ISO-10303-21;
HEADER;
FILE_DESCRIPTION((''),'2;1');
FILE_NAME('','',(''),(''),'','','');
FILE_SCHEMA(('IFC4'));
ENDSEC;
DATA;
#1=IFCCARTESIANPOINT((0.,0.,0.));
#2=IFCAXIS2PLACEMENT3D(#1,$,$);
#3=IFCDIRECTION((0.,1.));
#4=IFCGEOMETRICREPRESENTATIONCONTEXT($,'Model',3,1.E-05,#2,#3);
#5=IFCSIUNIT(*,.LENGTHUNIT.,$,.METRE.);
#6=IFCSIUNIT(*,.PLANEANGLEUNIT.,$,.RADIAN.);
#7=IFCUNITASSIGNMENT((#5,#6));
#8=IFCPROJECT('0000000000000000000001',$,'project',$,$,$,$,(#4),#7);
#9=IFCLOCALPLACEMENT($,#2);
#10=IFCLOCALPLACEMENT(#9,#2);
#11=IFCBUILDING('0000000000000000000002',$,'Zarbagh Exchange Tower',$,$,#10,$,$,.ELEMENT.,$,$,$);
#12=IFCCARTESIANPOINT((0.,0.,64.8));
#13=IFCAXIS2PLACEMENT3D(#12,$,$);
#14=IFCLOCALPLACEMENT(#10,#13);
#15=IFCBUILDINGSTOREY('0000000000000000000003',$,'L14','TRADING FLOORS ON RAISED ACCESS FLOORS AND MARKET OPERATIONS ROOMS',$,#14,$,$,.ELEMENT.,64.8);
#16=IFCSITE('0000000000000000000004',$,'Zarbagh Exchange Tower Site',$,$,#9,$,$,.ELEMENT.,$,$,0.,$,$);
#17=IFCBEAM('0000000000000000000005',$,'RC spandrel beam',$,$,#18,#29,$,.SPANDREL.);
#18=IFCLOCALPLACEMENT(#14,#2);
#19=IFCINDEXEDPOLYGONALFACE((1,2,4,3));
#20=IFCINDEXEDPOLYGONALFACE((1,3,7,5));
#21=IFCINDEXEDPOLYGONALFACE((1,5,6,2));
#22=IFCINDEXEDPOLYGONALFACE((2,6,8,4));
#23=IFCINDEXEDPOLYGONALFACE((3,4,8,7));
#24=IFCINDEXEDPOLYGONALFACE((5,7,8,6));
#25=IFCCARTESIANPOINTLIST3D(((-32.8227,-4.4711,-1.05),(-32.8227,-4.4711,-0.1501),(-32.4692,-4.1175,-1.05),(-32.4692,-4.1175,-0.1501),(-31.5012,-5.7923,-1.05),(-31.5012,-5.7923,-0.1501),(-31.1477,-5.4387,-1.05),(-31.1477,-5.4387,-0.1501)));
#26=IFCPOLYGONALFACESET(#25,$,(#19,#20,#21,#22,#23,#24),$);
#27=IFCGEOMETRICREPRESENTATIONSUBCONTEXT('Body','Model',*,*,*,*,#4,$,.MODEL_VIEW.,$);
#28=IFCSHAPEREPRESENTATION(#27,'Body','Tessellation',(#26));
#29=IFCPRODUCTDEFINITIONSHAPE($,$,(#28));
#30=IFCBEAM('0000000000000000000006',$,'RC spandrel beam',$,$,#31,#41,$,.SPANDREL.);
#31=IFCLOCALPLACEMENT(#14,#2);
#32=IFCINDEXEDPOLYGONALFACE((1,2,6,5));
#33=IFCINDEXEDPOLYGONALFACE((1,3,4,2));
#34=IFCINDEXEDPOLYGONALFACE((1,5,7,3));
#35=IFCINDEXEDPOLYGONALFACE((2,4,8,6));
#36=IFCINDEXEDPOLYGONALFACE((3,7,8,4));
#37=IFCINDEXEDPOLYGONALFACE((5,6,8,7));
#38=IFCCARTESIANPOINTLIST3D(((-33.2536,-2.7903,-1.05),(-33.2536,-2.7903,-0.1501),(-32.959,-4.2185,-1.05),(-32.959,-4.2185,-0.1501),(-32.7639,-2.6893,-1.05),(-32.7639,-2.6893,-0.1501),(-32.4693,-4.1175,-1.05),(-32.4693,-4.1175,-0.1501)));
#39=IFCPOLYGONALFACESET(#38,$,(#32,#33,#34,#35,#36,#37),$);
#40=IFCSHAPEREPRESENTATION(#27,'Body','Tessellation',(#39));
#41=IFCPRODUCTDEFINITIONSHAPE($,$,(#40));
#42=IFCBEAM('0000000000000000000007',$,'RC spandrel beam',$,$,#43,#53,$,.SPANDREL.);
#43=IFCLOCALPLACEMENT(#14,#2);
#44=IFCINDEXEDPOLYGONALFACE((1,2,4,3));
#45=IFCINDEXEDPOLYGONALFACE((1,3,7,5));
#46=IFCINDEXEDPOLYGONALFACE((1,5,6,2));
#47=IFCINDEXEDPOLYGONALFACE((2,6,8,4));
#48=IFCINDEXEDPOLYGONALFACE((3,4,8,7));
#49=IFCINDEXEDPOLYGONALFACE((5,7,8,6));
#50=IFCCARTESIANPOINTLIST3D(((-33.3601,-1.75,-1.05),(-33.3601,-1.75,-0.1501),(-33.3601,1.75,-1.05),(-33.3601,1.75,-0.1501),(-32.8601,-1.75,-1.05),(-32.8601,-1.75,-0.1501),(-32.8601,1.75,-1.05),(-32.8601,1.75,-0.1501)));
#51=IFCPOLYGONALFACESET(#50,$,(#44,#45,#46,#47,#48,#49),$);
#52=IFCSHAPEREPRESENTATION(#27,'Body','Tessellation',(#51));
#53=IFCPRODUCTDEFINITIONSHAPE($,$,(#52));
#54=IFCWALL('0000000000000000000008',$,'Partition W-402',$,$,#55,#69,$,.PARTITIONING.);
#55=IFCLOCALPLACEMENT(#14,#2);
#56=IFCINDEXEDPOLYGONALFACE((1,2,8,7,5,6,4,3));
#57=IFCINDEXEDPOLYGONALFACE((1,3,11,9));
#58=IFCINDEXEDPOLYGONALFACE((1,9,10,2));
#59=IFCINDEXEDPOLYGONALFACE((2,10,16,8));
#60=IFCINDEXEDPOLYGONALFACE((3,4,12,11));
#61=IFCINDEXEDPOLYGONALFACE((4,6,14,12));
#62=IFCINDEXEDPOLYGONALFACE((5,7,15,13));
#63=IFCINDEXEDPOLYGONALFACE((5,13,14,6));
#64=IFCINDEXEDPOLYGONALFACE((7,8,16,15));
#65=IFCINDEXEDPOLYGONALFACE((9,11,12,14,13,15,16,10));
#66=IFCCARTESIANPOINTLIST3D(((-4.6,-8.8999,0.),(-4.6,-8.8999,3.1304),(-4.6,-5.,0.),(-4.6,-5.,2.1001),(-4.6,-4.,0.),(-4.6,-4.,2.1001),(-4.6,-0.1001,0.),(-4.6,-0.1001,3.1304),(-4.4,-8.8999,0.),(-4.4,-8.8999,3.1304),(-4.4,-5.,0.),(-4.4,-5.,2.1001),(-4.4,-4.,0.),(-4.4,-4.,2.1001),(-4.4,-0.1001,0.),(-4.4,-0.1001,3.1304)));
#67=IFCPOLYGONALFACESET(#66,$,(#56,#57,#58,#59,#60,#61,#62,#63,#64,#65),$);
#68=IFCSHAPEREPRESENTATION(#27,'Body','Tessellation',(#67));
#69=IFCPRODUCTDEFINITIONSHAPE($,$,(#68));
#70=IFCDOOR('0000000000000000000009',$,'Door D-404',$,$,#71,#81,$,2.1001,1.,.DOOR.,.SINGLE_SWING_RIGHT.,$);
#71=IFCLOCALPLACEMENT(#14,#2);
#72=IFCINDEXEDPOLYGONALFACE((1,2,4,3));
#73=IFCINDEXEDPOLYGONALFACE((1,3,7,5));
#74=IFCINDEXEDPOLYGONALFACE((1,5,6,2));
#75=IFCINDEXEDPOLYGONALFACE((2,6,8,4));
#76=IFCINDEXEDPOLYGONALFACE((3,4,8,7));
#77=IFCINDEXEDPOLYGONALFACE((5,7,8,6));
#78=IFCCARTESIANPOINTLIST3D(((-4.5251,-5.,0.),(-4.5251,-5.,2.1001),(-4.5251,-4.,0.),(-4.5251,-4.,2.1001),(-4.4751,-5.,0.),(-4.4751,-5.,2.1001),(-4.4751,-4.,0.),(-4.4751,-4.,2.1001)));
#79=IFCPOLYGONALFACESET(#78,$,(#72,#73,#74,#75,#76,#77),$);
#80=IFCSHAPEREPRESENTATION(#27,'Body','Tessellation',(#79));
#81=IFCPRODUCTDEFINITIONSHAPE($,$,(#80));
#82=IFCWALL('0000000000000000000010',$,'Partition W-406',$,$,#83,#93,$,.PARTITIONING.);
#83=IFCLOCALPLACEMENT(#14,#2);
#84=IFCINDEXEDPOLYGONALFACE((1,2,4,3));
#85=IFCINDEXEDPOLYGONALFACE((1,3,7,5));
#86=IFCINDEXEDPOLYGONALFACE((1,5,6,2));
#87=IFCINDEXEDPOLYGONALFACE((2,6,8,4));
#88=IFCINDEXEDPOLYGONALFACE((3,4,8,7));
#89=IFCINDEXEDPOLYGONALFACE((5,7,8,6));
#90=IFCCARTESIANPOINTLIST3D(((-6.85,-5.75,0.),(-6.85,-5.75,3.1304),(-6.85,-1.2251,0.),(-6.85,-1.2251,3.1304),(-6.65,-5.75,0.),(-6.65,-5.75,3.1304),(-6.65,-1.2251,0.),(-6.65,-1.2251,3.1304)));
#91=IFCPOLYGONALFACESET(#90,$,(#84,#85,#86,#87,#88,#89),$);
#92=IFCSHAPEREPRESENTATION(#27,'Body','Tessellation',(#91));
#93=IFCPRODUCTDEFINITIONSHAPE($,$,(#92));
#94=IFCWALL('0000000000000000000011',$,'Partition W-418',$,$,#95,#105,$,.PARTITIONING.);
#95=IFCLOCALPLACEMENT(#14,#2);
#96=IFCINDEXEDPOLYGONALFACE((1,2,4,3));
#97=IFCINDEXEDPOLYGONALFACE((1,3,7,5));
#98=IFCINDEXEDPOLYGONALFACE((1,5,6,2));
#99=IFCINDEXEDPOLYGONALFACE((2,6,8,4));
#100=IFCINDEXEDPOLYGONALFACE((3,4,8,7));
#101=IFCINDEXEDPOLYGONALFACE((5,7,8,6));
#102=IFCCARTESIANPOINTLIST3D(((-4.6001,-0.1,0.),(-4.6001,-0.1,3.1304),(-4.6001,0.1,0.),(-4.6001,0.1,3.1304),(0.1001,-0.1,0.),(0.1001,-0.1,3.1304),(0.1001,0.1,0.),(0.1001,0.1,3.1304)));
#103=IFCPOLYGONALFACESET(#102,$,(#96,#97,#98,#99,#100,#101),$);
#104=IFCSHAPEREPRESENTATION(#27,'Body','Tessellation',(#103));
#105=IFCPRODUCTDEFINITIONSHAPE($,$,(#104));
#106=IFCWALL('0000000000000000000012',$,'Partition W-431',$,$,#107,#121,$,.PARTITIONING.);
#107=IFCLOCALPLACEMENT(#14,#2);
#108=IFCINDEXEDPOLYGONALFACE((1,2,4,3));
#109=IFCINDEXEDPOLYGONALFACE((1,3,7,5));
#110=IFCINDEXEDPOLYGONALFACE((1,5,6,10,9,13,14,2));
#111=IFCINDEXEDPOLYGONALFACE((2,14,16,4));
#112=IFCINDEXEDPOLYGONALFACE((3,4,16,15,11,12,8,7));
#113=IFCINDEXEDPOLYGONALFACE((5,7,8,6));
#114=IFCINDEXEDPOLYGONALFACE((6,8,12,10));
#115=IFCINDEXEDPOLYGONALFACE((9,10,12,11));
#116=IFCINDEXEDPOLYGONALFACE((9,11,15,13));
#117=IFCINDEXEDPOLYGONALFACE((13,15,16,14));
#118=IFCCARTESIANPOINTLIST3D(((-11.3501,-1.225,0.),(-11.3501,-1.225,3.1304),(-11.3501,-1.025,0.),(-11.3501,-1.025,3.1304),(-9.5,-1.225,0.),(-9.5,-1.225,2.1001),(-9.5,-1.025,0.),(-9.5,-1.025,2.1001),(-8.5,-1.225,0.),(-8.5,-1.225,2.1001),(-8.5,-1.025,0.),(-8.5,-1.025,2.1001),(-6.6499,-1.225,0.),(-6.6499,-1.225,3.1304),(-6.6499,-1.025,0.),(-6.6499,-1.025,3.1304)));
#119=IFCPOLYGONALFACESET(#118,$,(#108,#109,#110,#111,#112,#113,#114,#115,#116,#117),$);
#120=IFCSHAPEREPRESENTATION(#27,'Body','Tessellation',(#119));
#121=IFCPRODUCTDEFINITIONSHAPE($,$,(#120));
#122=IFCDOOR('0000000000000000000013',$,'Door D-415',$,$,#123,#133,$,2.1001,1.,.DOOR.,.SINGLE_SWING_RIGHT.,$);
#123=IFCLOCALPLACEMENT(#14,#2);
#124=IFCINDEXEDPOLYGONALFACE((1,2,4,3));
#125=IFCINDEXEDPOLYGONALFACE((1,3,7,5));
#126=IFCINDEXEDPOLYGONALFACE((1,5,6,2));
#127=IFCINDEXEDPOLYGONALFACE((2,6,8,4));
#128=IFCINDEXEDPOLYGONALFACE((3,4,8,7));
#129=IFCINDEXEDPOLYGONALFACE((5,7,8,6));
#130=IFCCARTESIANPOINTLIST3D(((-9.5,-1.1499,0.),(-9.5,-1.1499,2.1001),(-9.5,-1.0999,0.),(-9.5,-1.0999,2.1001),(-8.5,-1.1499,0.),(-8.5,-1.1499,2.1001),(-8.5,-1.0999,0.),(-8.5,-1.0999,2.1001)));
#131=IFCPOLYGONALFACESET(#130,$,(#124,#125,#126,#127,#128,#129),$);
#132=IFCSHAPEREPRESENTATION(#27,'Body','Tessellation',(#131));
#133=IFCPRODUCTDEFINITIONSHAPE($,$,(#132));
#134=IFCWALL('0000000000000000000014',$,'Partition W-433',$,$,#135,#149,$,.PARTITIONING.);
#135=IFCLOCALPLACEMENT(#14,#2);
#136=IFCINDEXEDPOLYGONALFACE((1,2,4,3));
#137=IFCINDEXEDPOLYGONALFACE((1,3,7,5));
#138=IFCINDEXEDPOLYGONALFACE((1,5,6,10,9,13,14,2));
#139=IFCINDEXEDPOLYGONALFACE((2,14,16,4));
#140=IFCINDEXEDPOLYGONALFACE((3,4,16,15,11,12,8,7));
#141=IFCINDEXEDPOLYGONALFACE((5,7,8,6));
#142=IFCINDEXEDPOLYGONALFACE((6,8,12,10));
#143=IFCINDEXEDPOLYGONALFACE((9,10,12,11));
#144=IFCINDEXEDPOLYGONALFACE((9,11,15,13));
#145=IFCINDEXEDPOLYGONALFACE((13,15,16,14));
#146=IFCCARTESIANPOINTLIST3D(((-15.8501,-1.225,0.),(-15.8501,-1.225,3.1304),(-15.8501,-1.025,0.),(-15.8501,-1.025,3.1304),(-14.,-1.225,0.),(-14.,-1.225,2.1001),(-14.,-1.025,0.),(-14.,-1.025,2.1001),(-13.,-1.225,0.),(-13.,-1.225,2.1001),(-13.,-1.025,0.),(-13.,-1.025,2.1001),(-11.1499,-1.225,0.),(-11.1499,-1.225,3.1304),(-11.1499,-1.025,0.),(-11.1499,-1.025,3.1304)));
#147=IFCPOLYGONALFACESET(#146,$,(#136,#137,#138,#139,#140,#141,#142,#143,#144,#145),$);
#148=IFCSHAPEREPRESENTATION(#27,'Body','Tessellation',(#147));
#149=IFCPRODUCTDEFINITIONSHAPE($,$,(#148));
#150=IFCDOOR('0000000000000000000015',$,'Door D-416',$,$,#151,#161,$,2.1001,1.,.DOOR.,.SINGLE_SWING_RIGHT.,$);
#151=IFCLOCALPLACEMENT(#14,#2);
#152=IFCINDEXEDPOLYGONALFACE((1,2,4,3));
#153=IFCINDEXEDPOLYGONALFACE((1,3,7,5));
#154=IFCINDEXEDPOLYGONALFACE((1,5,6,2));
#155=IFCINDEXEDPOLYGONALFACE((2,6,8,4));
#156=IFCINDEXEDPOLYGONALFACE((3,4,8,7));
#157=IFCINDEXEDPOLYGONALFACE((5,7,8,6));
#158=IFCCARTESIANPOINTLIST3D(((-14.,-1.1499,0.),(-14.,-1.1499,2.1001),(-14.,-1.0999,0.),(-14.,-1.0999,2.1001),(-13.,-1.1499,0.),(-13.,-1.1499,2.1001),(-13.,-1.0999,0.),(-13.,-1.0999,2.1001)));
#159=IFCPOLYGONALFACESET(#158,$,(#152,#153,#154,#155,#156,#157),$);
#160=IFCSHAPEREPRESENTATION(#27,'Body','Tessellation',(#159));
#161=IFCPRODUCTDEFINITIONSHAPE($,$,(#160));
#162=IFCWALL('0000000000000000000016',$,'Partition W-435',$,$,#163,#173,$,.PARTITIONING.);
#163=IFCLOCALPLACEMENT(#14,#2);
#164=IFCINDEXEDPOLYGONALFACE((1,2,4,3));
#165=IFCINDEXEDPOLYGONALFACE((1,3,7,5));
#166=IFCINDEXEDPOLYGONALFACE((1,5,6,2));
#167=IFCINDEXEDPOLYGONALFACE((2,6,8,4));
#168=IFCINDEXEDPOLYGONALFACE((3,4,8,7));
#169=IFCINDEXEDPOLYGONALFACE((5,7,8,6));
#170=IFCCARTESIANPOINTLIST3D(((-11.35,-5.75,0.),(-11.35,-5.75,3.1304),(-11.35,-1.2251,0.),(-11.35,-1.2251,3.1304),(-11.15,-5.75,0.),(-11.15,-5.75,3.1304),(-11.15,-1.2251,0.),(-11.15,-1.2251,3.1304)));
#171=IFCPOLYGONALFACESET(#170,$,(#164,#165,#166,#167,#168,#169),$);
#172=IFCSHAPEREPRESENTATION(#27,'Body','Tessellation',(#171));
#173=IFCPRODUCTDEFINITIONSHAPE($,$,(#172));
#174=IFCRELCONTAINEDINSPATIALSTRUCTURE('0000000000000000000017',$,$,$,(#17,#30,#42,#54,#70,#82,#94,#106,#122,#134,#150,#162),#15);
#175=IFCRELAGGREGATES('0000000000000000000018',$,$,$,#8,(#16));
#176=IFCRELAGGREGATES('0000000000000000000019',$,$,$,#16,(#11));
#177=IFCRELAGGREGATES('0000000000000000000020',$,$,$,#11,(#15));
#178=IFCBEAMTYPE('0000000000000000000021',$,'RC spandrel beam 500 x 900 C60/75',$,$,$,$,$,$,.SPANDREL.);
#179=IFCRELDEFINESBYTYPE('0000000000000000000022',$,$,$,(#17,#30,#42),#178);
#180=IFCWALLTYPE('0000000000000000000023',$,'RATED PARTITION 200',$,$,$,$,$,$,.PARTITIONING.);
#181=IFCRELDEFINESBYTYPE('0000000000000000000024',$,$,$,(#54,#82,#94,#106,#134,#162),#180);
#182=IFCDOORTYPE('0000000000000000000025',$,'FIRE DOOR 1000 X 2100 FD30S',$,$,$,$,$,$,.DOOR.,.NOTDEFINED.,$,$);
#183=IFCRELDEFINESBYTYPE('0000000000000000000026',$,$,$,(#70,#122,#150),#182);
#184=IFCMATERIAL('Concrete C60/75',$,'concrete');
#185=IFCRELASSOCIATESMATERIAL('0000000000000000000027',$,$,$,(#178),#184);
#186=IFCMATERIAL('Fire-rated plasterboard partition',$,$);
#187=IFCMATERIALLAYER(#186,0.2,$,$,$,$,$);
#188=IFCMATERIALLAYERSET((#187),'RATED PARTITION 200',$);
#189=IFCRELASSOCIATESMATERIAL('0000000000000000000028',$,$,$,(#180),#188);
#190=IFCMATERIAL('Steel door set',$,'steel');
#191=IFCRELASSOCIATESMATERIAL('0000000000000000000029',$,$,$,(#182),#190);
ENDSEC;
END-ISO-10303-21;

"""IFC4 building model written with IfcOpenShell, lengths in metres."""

from ifc_helpers import new_model, si_unit, direction, frame, frame_2d, origin, origin_2d, place, context, subcontext, project, spatial, rectangle, extrude, material, layer, layer_set, material_profile, profile_set, type_object, element, fill, save


model = new_model("IFC4")

# Units and contexts
model_context = context("Model", 3, precision=1e-05, world=origin(), true_north=direction((0.0, 1.0)))
body_context = subcontext(model_context, "Body", "Model", "MODEL_VIEW")
ifc_project = project(units=[si_unit("LENGTHUNIT", "METRE"), si_unit("PLANEANGLEUNIT", "RADIAN")], contexts=[model_context])

# Site, building, storey
site_placement = place(None, origin())
site = spatial("IfcSite", under=ifc_project, at=site_placement, Name="Zarbagh Exchange Tower Site", CompositionType="ELEMENT", RefElevation=0.0)
building_placement = place(site_placement, origin())
building = spatial("IfcBuilding", under=site, at=building_placement, Name="Zarbagh Exchange Tower", CompositionType="ELEMENT")
storey_placement = place(building_placement, frame((0.0, 0.0, 64.8)))
storey = spatial("IfcBuildingStorey", under=building, at=storey_placement, Name="L14", Description="TRADING FLOORS ON RAISED ACCESS FLOORS AND MARKET OPERATIONS ROOMS", CompositionType="ELEMENT", Elevation=64.8)

# Shared definitions
ifc_material_1 = material(Name="Concrete C60/75", Category="concrete")

# Beams
ifc_material_profile_1 = material_profile(ifc_material_1, rectangle(XDim=0.5, YDim=0.8999, at=origin_2d()), Name="RC spandrel beam 500 x 900 C60/75")
ifc_profile_set_1 = profile_set([ifc_material_profile_1], Name="Concrete C60/75")
beam_type_1 = type_object("IfcBeamType", Name="RC spandrel beam 500 x 900 C60/75", PredefinedType="SPANDREL", material=ifc_profile_set_1)
beam_1_placement = place(storey_placement, frame((-31.3245, -5.6155, -0.6001), z_axis=(-0.707172, 0.707041, 0.0), x_axis=(-0.707041, -0.707172, 0.0)))
element("IfcBeam", 1, at=beam_1_placement, inside=storey, type_object=beam_type_1, Name="RC spandrel beam", PredefinedType="SPANDREL", context=body_context, shape_type="SweptSolid", body=[
    extrude(rectangle(XDim=0.5, YDim=0.8999, at=origin_2d()), origin(), (0.0, 0.0, 1.0), 1.8687),
])
beam_2_placement = place(storey_placement, frame((-32.7141, -4.168, -0.6001), z_axis=(-0.202069, 0.979371, 0.0), x_axis=(-0.979371, -0.202069, 0.0)))
element("IfcBeam", 2, at=beam_2_placement, inside=storey, type_object=beam_type_1, Name="RC spandrel beam", PredefinedType="SPANDREL", context=body_context, shape_type="SweptSolid", body=[
    extrude(rectangle(XDim=0.5, YDim=0.8999, at=origin_2d()), origin(), (0.0, 0.0, 1.0), 1.4583),
])
beam_3_placement = place(storey_placement, frame((-33.1101, -1.75, -0.6001), z_axis=(0.0, 1.0, 0.0), x_axis=(-1.0, 0.0, 0.0)))
element("IfcBeam", 3, at=beam_3_placement, inside=storey, type_object=beam_type_1, Name="RC spandrel beam", PredefinedType="SPANDREL", context=body_context, shape_type="SweptSolid", body=[
    extrude(rectangle(XDim=0.5, YDim=0.8999, at=origin_2d()), origin(), (0.0, 0.0, 1.0), 3.5),
])

# Wall, opening, door
ifc_material_2 = material(Name="Fire-rated plasterboard partition")
ifc_layer = layer(ifc_material_2, 0.2)
ifc_layer_set = layer_set([ifc_layer], Name="RATED PARTITION 200")
wall_type = type_object("IfcWallType", Name="RATED PARTITION 200", PredefinedType="PARTITIONING", material=ifc_layer_set)
wall_1_placement = place(storey_placement, frame((-4.5, -0.1001, 0.0), z_axis=(0.0, 0.0, 1.0), x_axis=(0.0, -1.0, 0.0)))
wall_1 = element("IfcWall", 4, at=wall_1_placement, inside=storey, type_object=wall_type, Name="Partition W-402", PredefinedType="PARTITIONING", context=body_context, shape_type="SweptSolid", body=[
    extrude(rectangle(XDim=8.7998, YDim=0.2, at=frame_2d((4.3999, 0.0))), origin(), (0.0, 0.0, 1.0), 3.1304),
])
opening_1_placement = place(wall_1_placement, frame((3.8999, 0.0, 0.0)))
opening_1 = element("IfcOpeningElement", 5, at=opening_1_placement, cuts=wall_1, PredefinedType="OPENING", context=body_context, shape_type="SweptSolid", body=[
    extrude(rectangle(XDim=1.0, YDim=2.1001, at=frame_2d((0.5, 1.05))), frame((0.0, 0.1099, 0.0), z_axis=(0.0, -1.0, 0.0), x_axis=(1.0, 0.0, 0.0)), (0.0, 0.0, 1.0), 0.22),
])
ifc_material_3 = material(Name="Steel door set", Category="steel")
door_type = type_object("IfcDoorType", Name="FIRE DOOR 1000 X 2100 FD30S", OperationType="NOTDEFINED", PredefinedType="DOOR", material=ifc_material_3)
door_1_placement = place(opening_1_placement, origin())
door_1 = element("IfcDoor", 6, at=door_1_placement, inside=storey, type_object=door_type, Name="Door D-404", OperationType="SINGLE_SWING_RIGHT", OverallHeight=2.1001, OverallWidth=1.0, PredefinedType="DOOR", context=body_context, shape_type="SweptSolid", body=[
    extrude(rectangle(XDim=1.0, YDim=2.1001, at=frame_2d((0.5, 1.05))), frame((0.0, 0.0249, 0.0), z_axis=(0.0, -1.0, 0.0), x_axis=(1.0, 0.0, 0.0)), (0.0, 0.0, 1.0), 0.05),
])
fill(opening_1, door_1)

# Walls
wall_2_placement = place(storey_placement, frame((-6.75, -5.75, 0.0), z_axis=(0.0, 0.0, 1.0), x_axis=(0.0, 1.0, 0.0)))
element("IfcWall", 7, at=wall_2_placement, inside=storey, type_object=wall_type, Name="Partition W-406", PredefinedType="PARTITIONING", context=body_context, shape_type="SweptSolid", body=[
    extrude(rectangle(XDim=4.5249, YDim=0.2, at=frame_2d((2.2625, 0.0))), origin(), (0.0, 0.0, 1.0), 3.1304),
])
wall_3_placement = place(storey_placement, frame((-4.6001, 0.0, 0.0), z_axis=(0.0, 0.0, 1.0), x_axis=(1.0, 0.0, 0.0)))
element("IfcWall", 8, at=wall_3_placement, inside=storey, type_object=wall_type, Name="Partition W-418", PredefinedType="PARTITIONING", context=body_context, shape_type="SweptSolid", body=[
    extrude(rectangle(XDim=4.7002, YDim=0.2, at=frame_2d((2.3501, 0.0))), origin(), (0.0, 0.0, 1.0), 3.1304),
])

# Walls, openings, doors
wall_4_placement = place(storey_placement, frame((-6.6499, -1.125, 0.0), z_axis=(0.0, 0.0, 1.0), x_axis=(-1.0, 0.0, 0.0)))
wall_4 = element("IfcWall", 9, at=wall_4_placement, inside=storey, type_object=wall_type, Name="Partition W-431", PredefinedType="PARTITIONING", context=body_context, shape_type="SweptSolid", body=[
    extrude(rectangle(XDim=4.7002, YDim=0.2, at=frame_2d((2.3501, 0.0))), origin(), (0.0, 0.0, 1.0), 3.1304),
])
opening_2_placement = place(wall_4_placement, frame((1.8501, 0.0, 0.0)))
opening_2 = element("IfcOpeningElement", 10, at=opening_2_placement, cuts=wall_4, PredefinedType="OPENING", context=body_context, shape_type="SweptSolid", body=[
    extrude(rectangle(XDim=1.0, YDim=2.1001, at=frame_2d((0.5, 1.05))), frame((0.0, 0.1099, 0.0), z_axis=(0.0, -1.0, 0.0), x_axis=(1.0, 0.0, 0.0)), (0.0, 0.0, 1.0), 0.22),
])
door_2_placement = place(opening_2_placement, origin())
door_2 = element("IfcDoor", 11, at=door_2_placement, inside=storey, type_object=door_type, Name="Door D-415", OperationType="SINGLE_SWING_RIGHT", OverallHeight=2.1001, OverallWidth=1.0, PredefinedType="DOOR", context=body_context, shape_type="SweptSolid", body=[
    extrude(rectangle(XDim=1.0, YDim=2.1001, at=frame_2d((0.5, 1.05))), frame((0.0, 0.0249, 0.0), z_axis=(0.0, -1.0, 0.0), x_axis=(1.0, 0.0, 0.0)), (0.0, 0.0, 1.0), 0.05),
])
fill(opening_2, door_2)
wall_5_placement = place(storey_placement, frame((-11.1499, -1.125, 0.0), z_axis=(0.0, 0.0, 1.0), x_axis=(-1.0, 0.0, 0.0)))
wall_5 = element("IfcWall", 12, at=wall_5_placement, inside=storey, type_object=wall_type, Name="Partition W-433", PredefinedType="PARTITIONING", context=body_context, shape_type="SweptSolid", body=[
    extrude(rectangle(XDim=4.7002, YDim=0.2, at=frame_2d((2.3501, 0.0))), origin(), (0.0, 0.0, 1.0), 3.1304),
])
opening_3_placement = place(wall_5_placement, frame((1.8501, 0.0, 0.0)))
opening_3 = element("IfcOpeningElement", 13, at=opening_3_placement, cuts=wall_5, PredefinedType="OPENING", context=body_context, shape_type="SweptSolid", body=[
    extrude(rectangle(XDim=1.0, YDim=2.1001, at=frame_2d((0.5, 1.05))), frame((0.0, 0.1099, 0.0), z_axis=(0.0, -1.0, 0.0), x_axis=(1.0, 0.0, 0.0)), (0.0, 0.0, 1.0), 0.22),
])
door_3_placement = place(opening_3_placement, origin())
door_3 = element("IfcDoor", 14, at=door_3_placement, inside=storey, type_object=door_type, Name="Door D-416", OperationType="SINGLE_SWING_RIGHT", OverallHeight=2.1001, OverallWidth=1.0, PredefinedType="DOOR", context=body_context, shape_type="SweptSolid", body=[
    extrude(rectangle(XDim=1.0, YDim=2.1001, at=frame_2d((0.5, 1.05))), frame((0.0, 0.0249, 0.0), z_axis=(0.0, -1.0, 0.0), x_axis=(1.0, 0.0, 0.0)), (0.0, 0.0, 1.0), 0.05),
])
fill(opening_3, door_3)

# Wall
wall_6_placement = place(storey_placement, frame((-11.25, -5.75, 0.0), z_axis=(0.0, 0.0, 1.0), x_axis=(0.0, 1.0, 0.0)))
element("IfcWall", 15, at=wall_6_placement, inside=storey, type_object=wall_type, Name="Partition W-435", PredefinedType="PARTITIONING", context=body_context, shape_type="SweptSolid", body=[
    extrude(rectangle(XDim=4.5249, YDim=0.2, at=frame_2d((2.2625, 0.0))), origin(), (0.0, 0.0, 1.0), 3.1304),
])

save(model, "model.ifc")
